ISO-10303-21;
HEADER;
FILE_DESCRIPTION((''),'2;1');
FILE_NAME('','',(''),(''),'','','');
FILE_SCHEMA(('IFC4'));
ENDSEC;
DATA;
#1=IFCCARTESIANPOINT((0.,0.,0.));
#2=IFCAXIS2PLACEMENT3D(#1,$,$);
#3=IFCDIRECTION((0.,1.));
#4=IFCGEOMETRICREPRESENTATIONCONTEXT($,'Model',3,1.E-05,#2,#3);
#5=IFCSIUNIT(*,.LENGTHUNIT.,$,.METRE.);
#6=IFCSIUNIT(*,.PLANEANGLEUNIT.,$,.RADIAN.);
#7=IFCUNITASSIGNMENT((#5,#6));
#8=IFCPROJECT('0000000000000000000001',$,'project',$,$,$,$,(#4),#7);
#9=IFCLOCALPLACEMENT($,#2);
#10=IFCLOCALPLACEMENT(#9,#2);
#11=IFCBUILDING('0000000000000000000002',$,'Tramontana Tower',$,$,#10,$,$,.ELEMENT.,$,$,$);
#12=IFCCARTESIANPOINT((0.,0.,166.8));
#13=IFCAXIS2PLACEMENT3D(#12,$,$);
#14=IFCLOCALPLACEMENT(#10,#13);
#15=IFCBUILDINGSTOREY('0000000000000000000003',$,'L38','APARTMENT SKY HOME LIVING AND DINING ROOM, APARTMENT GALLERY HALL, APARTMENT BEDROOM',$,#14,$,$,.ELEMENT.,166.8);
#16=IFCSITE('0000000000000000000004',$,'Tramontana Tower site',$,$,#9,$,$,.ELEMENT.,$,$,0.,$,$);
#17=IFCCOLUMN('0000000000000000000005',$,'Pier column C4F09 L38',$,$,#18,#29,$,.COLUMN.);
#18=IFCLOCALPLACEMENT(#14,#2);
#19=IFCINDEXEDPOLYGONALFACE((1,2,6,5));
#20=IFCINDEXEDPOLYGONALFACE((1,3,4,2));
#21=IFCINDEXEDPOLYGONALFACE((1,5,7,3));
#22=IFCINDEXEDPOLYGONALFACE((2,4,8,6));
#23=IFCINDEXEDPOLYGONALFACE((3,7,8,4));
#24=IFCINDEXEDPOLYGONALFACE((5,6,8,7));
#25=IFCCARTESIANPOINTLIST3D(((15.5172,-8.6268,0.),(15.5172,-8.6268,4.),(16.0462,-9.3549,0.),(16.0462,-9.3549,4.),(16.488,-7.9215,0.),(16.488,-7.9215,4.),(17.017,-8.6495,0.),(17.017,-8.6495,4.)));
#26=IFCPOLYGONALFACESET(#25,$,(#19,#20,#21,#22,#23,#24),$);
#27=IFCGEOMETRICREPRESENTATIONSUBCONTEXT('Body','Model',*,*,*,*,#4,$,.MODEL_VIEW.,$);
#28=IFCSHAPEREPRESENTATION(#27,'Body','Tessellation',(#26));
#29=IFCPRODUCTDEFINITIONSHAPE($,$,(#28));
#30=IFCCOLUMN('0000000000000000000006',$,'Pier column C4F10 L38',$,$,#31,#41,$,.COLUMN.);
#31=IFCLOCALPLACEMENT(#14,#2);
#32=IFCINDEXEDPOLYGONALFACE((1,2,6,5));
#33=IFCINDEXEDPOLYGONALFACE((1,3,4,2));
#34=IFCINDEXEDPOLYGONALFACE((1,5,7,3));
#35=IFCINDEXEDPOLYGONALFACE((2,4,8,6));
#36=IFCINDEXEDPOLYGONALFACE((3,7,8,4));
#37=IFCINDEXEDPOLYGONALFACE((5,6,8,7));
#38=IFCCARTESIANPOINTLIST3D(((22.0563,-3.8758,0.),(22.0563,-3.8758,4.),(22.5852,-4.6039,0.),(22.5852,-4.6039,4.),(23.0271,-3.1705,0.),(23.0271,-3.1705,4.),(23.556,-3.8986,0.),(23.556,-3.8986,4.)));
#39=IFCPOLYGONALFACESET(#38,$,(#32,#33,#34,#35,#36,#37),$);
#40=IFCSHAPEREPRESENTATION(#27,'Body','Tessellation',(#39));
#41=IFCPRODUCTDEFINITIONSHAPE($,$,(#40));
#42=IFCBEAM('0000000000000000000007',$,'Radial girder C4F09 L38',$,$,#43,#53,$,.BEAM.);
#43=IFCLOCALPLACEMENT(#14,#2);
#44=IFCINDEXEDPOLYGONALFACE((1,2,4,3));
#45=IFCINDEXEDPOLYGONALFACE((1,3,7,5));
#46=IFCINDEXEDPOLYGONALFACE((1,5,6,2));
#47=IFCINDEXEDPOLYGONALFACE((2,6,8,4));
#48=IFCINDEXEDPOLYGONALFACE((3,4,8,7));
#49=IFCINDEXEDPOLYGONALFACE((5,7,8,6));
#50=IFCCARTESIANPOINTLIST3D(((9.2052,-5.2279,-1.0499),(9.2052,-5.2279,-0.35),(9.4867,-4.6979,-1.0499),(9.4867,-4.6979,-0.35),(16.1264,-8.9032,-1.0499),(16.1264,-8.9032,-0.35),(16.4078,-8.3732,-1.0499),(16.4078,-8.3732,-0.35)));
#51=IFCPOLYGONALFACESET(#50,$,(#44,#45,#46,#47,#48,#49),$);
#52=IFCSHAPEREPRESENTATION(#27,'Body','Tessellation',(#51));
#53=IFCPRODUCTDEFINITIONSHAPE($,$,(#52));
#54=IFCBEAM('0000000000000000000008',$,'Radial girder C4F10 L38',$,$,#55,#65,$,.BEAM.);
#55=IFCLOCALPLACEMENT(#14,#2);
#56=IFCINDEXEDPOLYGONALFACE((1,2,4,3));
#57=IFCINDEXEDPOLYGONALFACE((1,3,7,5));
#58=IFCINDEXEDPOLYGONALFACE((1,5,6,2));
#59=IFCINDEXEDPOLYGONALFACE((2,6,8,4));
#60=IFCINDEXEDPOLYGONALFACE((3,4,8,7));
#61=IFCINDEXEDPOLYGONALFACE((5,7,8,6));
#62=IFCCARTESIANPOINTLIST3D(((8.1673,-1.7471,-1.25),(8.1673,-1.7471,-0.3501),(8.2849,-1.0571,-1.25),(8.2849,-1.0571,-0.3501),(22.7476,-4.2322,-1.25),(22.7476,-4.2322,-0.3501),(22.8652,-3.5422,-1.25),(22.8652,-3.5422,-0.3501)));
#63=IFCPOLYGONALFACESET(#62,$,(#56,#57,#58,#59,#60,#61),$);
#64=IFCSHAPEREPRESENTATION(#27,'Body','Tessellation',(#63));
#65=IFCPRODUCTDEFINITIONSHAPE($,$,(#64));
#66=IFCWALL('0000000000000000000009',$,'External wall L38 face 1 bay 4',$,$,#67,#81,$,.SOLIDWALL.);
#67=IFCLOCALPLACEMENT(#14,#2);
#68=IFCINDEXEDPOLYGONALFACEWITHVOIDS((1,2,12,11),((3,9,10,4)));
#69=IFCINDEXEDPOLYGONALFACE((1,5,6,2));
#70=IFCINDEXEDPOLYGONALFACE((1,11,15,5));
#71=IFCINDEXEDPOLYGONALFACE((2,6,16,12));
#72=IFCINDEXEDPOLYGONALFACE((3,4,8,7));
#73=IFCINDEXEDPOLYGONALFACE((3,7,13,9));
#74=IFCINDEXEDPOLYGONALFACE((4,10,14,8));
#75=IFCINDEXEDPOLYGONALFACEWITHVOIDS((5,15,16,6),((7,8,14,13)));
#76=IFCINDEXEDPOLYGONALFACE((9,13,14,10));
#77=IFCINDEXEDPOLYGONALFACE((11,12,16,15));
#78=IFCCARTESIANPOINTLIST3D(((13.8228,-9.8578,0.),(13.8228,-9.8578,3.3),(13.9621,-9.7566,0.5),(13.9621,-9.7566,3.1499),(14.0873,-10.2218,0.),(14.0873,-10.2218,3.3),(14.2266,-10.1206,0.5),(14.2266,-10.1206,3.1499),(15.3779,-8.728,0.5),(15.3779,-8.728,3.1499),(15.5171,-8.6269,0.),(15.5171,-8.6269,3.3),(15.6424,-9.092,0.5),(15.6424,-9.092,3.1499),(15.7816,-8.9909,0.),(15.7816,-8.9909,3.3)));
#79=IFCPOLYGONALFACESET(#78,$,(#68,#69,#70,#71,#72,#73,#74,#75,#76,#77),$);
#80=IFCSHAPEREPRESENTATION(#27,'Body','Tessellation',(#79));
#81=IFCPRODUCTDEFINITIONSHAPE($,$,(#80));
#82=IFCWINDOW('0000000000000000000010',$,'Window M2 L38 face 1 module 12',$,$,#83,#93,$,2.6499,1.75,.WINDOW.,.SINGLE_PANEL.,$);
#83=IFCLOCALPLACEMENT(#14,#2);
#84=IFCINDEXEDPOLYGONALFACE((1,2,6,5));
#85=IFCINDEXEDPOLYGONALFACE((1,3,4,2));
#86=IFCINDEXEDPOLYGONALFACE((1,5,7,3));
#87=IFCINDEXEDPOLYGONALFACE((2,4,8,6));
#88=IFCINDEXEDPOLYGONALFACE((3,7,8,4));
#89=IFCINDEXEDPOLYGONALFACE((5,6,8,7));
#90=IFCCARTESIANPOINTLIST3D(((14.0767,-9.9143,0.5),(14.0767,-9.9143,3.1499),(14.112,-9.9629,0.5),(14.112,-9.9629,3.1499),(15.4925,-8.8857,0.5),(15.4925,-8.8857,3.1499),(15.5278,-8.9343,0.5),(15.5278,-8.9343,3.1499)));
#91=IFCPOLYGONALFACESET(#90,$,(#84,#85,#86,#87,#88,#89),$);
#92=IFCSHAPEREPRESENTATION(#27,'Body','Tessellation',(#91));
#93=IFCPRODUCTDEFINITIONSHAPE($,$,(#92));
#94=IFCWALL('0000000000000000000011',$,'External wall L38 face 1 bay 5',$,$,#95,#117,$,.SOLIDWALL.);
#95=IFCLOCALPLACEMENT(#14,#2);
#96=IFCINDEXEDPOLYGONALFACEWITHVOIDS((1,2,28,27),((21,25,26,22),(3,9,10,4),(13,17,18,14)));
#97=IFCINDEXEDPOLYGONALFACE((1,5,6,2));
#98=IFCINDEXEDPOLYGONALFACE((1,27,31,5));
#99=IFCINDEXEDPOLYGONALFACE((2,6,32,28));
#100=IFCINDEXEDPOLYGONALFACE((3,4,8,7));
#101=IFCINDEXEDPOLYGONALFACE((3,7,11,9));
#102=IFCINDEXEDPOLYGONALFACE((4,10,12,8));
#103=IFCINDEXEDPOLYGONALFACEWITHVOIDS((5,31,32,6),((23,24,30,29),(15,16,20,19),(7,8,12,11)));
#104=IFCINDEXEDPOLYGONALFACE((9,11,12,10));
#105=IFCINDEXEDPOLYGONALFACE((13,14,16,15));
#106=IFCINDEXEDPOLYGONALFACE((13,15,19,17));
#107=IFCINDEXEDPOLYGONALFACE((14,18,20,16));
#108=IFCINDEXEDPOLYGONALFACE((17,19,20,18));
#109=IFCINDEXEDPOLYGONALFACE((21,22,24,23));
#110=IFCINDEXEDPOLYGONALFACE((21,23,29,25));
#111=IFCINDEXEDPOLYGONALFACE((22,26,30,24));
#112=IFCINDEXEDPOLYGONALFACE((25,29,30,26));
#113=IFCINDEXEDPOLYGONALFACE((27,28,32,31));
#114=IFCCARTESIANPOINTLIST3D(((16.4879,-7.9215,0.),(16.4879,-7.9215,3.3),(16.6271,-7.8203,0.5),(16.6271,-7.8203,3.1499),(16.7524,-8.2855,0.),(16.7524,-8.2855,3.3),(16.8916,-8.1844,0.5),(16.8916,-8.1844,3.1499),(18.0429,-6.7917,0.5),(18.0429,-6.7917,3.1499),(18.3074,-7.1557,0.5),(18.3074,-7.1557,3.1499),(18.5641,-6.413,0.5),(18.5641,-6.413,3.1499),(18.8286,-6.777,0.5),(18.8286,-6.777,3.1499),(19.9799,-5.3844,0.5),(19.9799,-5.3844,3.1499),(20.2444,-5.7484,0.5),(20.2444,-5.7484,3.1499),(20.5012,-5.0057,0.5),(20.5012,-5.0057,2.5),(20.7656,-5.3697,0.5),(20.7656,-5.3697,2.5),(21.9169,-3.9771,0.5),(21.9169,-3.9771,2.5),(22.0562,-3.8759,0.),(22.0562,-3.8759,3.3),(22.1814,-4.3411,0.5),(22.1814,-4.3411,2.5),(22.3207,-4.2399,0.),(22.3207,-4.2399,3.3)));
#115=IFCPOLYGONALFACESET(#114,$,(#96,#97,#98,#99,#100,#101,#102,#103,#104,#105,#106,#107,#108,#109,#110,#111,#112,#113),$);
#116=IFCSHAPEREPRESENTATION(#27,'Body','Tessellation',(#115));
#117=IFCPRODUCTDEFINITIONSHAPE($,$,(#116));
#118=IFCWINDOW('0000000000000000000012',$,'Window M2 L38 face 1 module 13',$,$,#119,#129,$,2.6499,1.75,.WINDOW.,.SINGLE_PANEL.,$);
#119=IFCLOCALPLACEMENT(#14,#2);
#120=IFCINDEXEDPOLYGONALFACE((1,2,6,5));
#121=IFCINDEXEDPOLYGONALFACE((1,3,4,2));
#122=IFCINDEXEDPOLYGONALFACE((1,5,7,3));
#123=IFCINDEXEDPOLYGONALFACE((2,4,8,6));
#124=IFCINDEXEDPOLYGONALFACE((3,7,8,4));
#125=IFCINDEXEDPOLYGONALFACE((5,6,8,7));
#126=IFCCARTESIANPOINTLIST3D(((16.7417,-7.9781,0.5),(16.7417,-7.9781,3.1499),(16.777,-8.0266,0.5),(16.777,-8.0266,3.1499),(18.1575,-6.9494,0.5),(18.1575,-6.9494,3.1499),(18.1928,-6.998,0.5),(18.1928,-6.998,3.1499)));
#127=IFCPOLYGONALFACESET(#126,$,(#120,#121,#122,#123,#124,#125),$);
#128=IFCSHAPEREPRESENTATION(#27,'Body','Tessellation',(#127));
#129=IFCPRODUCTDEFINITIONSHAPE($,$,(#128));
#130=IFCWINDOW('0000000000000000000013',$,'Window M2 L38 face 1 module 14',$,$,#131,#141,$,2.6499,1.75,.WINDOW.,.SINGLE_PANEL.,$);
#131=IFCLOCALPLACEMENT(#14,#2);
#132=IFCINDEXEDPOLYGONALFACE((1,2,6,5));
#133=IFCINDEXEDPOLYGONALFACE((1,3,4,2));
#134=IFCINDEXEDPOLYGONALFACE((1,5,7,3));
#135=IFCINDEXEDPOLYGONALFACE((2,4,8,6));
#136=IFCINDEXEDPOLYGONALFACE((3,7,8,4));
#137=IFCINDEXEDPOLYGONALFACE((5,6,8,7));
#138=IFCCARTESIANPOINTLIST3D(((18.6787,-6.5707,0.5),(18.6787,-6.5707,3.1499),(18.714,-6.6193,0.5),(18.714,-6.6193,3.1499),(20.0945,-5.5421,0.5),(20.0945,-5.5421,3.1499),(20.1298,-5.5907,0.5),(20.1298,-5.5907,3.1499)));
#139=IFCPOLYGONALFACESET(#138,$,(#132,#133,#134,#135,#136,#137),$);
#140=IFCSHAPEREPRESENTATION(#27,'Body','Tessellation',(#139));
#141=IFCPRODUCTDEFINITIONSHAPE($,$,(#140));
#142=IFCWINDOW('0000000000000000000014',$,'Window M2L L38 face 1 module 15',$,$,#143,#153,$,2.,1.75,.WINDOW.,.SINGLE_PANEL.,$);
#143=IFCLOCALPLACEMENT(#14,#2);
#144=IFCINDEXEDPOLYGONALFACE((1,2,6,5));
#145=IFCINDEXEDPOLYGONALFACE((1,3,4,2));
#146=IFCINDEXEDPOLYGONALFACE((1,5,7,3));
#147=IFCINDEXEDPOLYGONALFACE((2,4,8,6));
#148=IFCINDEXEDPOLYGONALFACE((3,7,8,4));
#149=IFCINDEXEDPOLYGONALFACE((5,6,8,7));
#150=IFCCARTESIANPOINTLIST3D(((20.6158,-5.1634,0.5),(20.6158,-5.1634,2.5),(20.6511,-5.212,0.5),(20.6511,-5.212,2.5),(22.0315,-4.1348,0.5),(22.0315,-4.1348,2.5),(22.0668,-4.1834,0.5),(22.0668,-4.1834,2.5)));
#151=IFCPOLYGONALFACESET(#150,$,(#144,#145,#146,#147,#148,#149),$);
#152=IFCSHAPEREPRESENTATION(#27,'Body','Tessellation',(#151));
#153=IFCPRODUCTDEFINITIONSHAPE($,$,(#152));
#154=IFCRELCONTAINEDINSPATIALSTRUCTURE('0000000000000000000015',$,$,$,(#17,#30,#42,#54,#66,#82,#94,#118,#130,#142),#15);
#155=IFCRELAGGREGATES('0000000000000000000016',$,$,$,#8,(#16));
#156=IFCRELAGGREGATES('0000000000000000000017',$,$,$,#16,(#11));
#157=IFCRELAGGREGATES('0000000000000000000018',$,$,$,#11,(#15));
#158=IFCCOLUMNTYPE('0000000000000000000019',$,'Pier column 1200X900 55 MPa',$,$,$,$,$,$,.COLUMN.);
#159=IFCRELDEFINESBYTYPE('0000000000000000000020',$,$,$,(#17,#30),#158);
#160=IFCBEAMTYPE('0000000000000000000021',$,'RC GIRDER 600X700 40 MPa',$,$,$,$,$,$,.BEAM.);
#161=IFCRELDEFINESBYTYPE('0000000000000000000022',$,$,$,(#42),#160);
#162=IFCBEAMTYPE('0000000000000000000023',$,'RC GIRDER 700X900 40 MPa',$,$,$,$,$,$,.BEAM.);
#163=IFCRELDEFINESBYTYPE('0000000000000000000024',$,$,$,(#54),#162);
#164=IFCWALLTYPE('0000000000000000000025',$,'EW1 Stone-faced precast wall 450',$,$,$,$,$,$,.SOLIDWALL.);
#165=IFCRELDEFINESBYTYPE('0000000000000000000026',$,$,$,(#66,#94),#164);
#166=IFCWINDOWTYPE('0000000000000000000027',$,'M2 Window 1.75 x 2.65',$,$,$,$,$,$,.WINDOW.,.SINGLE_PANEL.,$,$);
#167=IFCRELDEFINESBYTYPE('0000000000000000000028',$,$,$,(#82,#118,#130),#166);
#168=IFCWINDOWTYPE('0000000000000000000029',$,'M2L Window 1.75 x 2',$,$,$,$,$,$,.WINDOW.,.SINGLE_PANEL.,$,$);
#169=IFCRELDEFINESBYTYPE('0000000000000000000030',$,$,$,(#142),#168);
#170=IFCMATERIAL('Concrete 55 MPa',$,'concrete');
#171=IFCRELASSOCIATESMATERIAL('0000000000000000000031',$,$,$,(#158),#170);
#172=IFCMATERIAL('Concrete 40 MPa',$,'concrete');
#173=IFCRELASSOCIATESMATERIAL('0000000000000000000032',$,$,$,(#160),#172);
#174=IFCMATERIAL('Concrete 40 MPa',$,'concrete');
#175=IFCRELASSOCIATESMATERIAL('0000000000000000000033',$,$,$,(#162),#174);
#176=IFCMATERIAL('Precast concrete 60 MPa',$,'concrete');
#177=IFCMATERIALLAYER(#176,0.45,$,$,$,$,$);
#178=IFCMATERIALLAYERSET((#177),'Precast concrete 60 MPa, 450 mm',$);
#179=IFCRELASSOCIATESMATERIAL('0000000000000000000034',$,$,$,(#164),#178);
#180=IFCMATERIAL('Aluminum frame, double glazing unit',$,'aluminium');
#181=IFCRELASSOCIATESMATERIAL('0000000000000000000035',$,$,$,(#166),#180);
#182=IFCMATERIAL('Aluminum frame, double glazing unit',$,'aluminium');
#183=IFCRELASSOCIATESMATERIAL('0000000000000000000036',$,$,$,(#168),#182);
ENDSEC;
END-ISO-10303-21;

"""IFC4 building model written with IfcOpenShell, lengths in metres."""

from ifc_helpers import new_model, si_unit, direction, frame, frame_2d, origin, origin_2d, place, context, subcontext, project, spatial, rectangle, extrude, material, layer, layer_set, material_profile, profile_set, type_object, element, fill, save


model = new_model("IFC4")

# Units and contexts
model_context = context("Model", 3, precision=1e-05, world=origin(), true_north=direction((0.0, 1.0)))
body_context = subcontext(model_context, "Body", "Model", "MODEL_VIEW")
ifc_project = project(units=[si_unit("LENGTHUNIT", "METRE"), si_unit("PLANEANGLEUNIT", "RADIAN")], contexts=[model_context])

# Site, building, storey
site_placement = place(None, origin())
site = spatial("IfcSite", under=ifc_project, at=site_placement, Name="Tramontana Tower site", CompositionType="ELEMENT", RefElevation=0.0)
building_placement = place(site_placement, origin())
building = spatial("IfcBuilding", under=site, at=building_placement, Name="Tramontana Tower", CompositionType="ELEMENT")
storey_placement = place(building_placement, frame((0.0, 0.0, 166.8)))
storey = spatial("IfcBuildingStorey", under=building, at=storey_placement, Name="L38", Description="APARTMENT SKY HOME LIVING AND DINING ROOM, APARTMENT GALLERY HALL, APARTMENT BEDROOM", CompositionType="ELEMENT", Elevation=166.8)

# Columns
ifc_material_1 = material(Name="Concrete 55 MPa", Category="concrete")
ifc_material_profile_1 = material_profile(ifc_material_1, rectangle(XDim=1.2, YDim=0.8999, at=origin_2d()), Name="Pier column 1200X900 55 MPa")
ifc_profile_set_1 = profile_set([ifc_material_profile_1], Name="Concrete 55 MPa")
column_type = type_object("IfcColumnType", Name="Pier column 1200X900 55 MPa", PredefinedType="COLUMN", material=ifc_profile_set_1)
for number, where, z_axis, x_axis, name in (
    (1, (16.2671, -8.6382, 0.0), (0.0, 0.0, 1.0), (0.809017, 0.587785, 0.0), "Pier column C4F09 L38"),
    (2, (22.8062, -3.8872, 0.0), (0.0, 0.0, 1.0), (0.809017, 0.587785, 0.0), "Pier column C4F10 L38"),
):
    element("IfcColumn", number, at=place(storey_placement, frame(where, z_axis=z_axis, x_axis=x_axis)), inside=storey, type_object=column_type, Name=name, PredefinedType="COLUMN", context=body_context, shape_type="SweptSolid", body=[
        extrude(rectangle(XDim=1.2, YDim=0.8999, at=origin_2d()), origin(), (0.0, 0.0, 1.0), 4.0),
    ])

# Beams
ifc_material_2 = material(Name="Concrete 40 MPa", Category="concrete")
ifc_material_profile_2 = material_profile(ifc_material_2, rectangle(XDim=0.6001, YDim=0.7, at=origin_2d()), Name="RC GIRDER 600X700 40 MPa")
ifc_profile_set_2 = profile_set([ifc_material_profile_2], Name="Concrete 40 MPa")
beam_type_1 = type_object("IfcBeamType", Name="RC GIRDER 600X700 40 MPa", PredefinedType="BEAM", material=ifc_profile_set_2)
beam_1_placement = place(storey_placement, frame((16.2671, -8.6382, -0.7), z_axis=(-0.883198, 0.469, 0.0), x_axis=(-0.469, -0.883198, 0.0)))
element("IfcBeam", 3, at=beam_1_placement, inside=storey, type_object=beam_type_1, Name="Radial girder C4F09 L38", PredefinedType="BEAM", context=body_context, shape_type="SweptSolid", body=[
    extrude(rectangle(XDim=0.6001, YDim=0.7, at=origin_2d()), origin(), (0.0, 0.0, 1.0), 7.8364),
])
ifc_material_3 = material(Name="Concrete 40 MPa", Category="concrete")
ifc_material_profile_3 = material_profile(ifc_material_3, rectangle(XDim=0.7, YDim=0.8999, at=origin_2d()), Name="RC GIRDER 700X900 40 MPa")
ifc_profile_set_3 = profile_set([ifc_material_profile_3], Name="Concrete 40 MPa")
beam_type_2 = type_object("IfcBeamType", Name="RC GIRDER 700X900 40 MPa", PredefinedType="BEAM", material=ifc_profile_set_3)
beam_2_placement = place(storey_placement, frame((22.8064, -3.8872, -0.8), z_axis=(-0.985784, 0.168019, 0.0), x_axis=(-0.168019, -0.985784, 0.0)))
element("IfcBeam", 4, at=beam_2_placement, inside=storey, type_object=beam_type_2, Name="Radial girder C4F10 L38", PredefinedType="BEAM", context=body_context, shape_type="SweptSolid", body=[
    extrude(rectangle(XDim=0.7, YDim=0.8999, at=origin_2d()), origin(), (0.0, 0.0, 1.0), 14.7905),
])

# Wall, opening, window
ifc_material_4 = material(Name="Precast concrete 60 MPa", Category="concrete")
ifc_layer_1 = layer(ifc_material_4, 0.45)
ifc_layer_set_1 = layer_set([ifc_layer_1], Name="Precast concrete 60 MPa, 450 mm")
wall_type_1 = type_object("IfcWallType", Name="EW1 Stone-faced precast wall 450", PredefinedType="SOLIDWALL", material=ifc_layer_set_1)
wall_1_placement = place(storey_placement, frame((13.9551, -10.0398, 0.0), z_axis=(0.0, 0.0, 1.0), x_axis=(0.809028, 0.58777, 0.0)))
wall_1 = element("IfcWall", 5, at=wall_1_placement, inside=storey, type_object=wall_type_1, Name="External wall L38 face 1 bay 4", PredefinedType="SOLIDWALL", context=body_context, shape_type="SweptSolid", body=[
    extrude(rectangle(XDim=2.0942, YDim=0.45, at=frame_2d((1.0471, 0.0))), origin(), (0.0, 0.0, 1.0), 3.3),
])
opening_1_placement = place(wall_1_placement, frame((0.1721, 0.0, 0.5)))
opening_1 = element("IfcOpeningElement", 6, at=opening_1_placement, cuts=wall_1, PredefinedType="OPENING", context=body_context, shape_type="SweptSolid", body=[
    extrude(rectangle(XDim=1.75, YDim=2.6499, at=frame_2d((0.875, 1.325))), frame((0.0, 0.2349, 0.0), z_axis=(0.0, -1.0, 0.0), x_axis=(1.0, 0.0, 0.0)), (0.0, 0.0, 1.0), 0.47),
])
ifc_material_5 = material(Name="Aluminum frame, double glazing unit", Category="aluminium")
window_type_1 = type_object("IfcWindowType", Name="M2 Window 1.75 x 2.65", PartitioningType="SINGLE_PANEL", PredefinedType="WINDOW", material=ifc_material_5)
window_1_placement = place(opening_1_placement, origin())
window_1 = element("IfcWindow", 7, at=window_1_placement, inside=storey, type_object=window_type_1, Name="Window M2 L38 face 1 module 12", OverallHeight=2.6499, OverallWidth=1.75, PartitioningType="SINGLE_PANEL", PredefinedType="WINDOW", context=body_context, shape_type="SweptSolid", body=[
    extrude(rectangle(XDim=1.75, YDim=2.6499, at=frame_2d((0.875, 1.325))), frame((0.0, 0.03, 0.0), z_axis=(0.0, -1.0, 0.0), x_axis=(1.0, 0.0, 0.0)), (0.0, 0.0, 1.0), 0.0601),
])
fill(opening_1, window_1)

# Wall, openings, windows
wall_2_placement = place(storey_placement, frame((16.6201, -8.1035, 0.0), z_axis=(0.0, 0.0, 1.0), x_axis=(0.809017, 0.587786, 0.0)))
wall_2 = element("IfcWall", 8, at=wall_2_placement, inside=storey, type_object=wall_type_1, Name="External wall L38 face 1 bay 5", PredefinedType="SOLIDWALL", context=body_context, shape_type="SweptSolid", body=[
    extrude(rectangle(XDim=6.8828, YDim=0.45, at=frame_2d((3.4414, 0.0))), origin(), (0.0, 0.0, 1.0), 3.3),
])
opening_2_placement = place(wall_2_placement, frame((0.1721, 0.0, 0.5)))
opening_2 = element("IfcOpeningElement", 9, at=opening_2_placement, cuts=wall_2, PredefinedType="OPENING", context=body_context, shape_type="SweptSolid", body=[
    extrude(rectangle(XDim=1.75, YDim=2.6499, at=frame_2d((0.875, 1.325))), frame((0.0, 0.2349, 0.0), z_axis=(0.0, -1.0, 0.0), x_axis=(1.0, 0.0, 0.0)), (0.0, 0.0, 1.0), 0.47),
])
opening_3_placement = place(wall_2_placement, frame((2.5664, 0.0, 0.5)))
opening_3 = element("IfcOpeningElement", 10, at=opening_3_placement, cuts=wall_2, PredefinedType="OPENING", context=body_context, shape_type="SweptSolid", body=[
    extrude(rectangle(XDim=1.75, YDim=2.6499, at=frame_2d((0.875, 1.325))), frame((0.0, 0.2349, 0.0), z_axis=(0.0, -1.0, 0.0), x_axis=(1.0, 0.0, 0.0)), (0.0, 0.0, 1.0), 0.47),
])
opening_4_placement = place(wall_2_placement, frame((4.9607, 0.0, 0.5)))
opening_4 = element("IfcOpeningElement", 11, at=opening_4_placement, cuts=wall_2, PredefinedType="OPENING", context=body_context, shape_type="SweptSolid", body=[
    extrude(rectangle(XDim=1.75, YDim=2.0, at=frame_2d((0.875, 1.0))), frame((0.0, 0.2349, 0.0), z_axis=(0.0, -1.0, 0.0), x_axis=(1.0, 0.0, 0.0)), (0.0, 0.0, 1.0), 0.47),
])
window_2_placement = place(opening_2_placement, origin())
window_2 = element("IfcWindow", 12, at=window_2_placement, inside=storey, type_object=window_type_1, Name="Window M2 L38 face 1 module 13", OverallHeight=2.6499, OverallWidth=1.75, PartitioningType="SINGLE_PANEL", PredefinedType="WINDOW", context=body_context, shape_type="SweptSolid", body=[
    extrude(rectangle(XDim=1.75, YDim=2.6499, at=frame_2d((0.875, 1.325))), frame((0.0, 0.03, 0.0), z_axis=(0.0, -1.0, 0.0), x_axis=(1.0, 0.0, 0.0)), (0.0, 0.0, 1.0), 0.0601),
])
fill(opening_2, window_2)
window_3_placement = place(opening_3_placement, origin())
window_3 = element("IfcWindow", 13, at=window_3_placement, inside=storey, type_object=window_type_1, Name="Window M2 L38 face 1 module 14", OverallHeight=2.6499, OverallWidth=1.75, PartitioningType="SINGLE_PANEL", PredefinedType="WINDOW", context=body_context, shape_type="SweptSolid", body=[
    extrude(rectangle(XDim=1.75, YDim=2.6499, at=frame_2d((0.875, 1.325))), frame((0.0, 0.03, 0.0), z_axis=(0.0, -1.0, 0.0), x_axis=(1.0, 0.0, 0.0)), (0.0, 0.0, 1.0), 0.0601),
])
fill(opening_3, window_3)
ifc_material_6 = material(Name="Aluminum frame, double glazing unit", Category="aluminium")
window_type_2 = type_object("IfcWindowType", Name="M2L Window 1.75 x 2", PartitioningType="SINGLE_PANEL", PredefinedType="WINDOW", material=ifc_material_6)
window_4_placement = place(opening_4_placement, origin())
window_4 = element("IfcWindow", 14, at=window_4_placement, inside=storey, type_object=window_type_2, Name="Window M2L L38 face 1 module 15", OverallHeight=2.0, OverallWidth=1.75, PartitioningType="SINGLE_PANEL", PredefinedType="WINDOW", context=body_context, shape_type="SweptSolid", body=[
    extrude(rectangle(XDim=1.75, YDim=2.0, at=frame_2d((0.875, 1.0))), frame((0.0, 0.03, 0.0), z_axis=(0.0, -1.0, 0.0), x_axis=(1.0, 0.0, 0.0)), (0.0, 0.0, 1.0), 0.0601),
])
fill(opening_4, window_4)

save(model, "model.ifc")
